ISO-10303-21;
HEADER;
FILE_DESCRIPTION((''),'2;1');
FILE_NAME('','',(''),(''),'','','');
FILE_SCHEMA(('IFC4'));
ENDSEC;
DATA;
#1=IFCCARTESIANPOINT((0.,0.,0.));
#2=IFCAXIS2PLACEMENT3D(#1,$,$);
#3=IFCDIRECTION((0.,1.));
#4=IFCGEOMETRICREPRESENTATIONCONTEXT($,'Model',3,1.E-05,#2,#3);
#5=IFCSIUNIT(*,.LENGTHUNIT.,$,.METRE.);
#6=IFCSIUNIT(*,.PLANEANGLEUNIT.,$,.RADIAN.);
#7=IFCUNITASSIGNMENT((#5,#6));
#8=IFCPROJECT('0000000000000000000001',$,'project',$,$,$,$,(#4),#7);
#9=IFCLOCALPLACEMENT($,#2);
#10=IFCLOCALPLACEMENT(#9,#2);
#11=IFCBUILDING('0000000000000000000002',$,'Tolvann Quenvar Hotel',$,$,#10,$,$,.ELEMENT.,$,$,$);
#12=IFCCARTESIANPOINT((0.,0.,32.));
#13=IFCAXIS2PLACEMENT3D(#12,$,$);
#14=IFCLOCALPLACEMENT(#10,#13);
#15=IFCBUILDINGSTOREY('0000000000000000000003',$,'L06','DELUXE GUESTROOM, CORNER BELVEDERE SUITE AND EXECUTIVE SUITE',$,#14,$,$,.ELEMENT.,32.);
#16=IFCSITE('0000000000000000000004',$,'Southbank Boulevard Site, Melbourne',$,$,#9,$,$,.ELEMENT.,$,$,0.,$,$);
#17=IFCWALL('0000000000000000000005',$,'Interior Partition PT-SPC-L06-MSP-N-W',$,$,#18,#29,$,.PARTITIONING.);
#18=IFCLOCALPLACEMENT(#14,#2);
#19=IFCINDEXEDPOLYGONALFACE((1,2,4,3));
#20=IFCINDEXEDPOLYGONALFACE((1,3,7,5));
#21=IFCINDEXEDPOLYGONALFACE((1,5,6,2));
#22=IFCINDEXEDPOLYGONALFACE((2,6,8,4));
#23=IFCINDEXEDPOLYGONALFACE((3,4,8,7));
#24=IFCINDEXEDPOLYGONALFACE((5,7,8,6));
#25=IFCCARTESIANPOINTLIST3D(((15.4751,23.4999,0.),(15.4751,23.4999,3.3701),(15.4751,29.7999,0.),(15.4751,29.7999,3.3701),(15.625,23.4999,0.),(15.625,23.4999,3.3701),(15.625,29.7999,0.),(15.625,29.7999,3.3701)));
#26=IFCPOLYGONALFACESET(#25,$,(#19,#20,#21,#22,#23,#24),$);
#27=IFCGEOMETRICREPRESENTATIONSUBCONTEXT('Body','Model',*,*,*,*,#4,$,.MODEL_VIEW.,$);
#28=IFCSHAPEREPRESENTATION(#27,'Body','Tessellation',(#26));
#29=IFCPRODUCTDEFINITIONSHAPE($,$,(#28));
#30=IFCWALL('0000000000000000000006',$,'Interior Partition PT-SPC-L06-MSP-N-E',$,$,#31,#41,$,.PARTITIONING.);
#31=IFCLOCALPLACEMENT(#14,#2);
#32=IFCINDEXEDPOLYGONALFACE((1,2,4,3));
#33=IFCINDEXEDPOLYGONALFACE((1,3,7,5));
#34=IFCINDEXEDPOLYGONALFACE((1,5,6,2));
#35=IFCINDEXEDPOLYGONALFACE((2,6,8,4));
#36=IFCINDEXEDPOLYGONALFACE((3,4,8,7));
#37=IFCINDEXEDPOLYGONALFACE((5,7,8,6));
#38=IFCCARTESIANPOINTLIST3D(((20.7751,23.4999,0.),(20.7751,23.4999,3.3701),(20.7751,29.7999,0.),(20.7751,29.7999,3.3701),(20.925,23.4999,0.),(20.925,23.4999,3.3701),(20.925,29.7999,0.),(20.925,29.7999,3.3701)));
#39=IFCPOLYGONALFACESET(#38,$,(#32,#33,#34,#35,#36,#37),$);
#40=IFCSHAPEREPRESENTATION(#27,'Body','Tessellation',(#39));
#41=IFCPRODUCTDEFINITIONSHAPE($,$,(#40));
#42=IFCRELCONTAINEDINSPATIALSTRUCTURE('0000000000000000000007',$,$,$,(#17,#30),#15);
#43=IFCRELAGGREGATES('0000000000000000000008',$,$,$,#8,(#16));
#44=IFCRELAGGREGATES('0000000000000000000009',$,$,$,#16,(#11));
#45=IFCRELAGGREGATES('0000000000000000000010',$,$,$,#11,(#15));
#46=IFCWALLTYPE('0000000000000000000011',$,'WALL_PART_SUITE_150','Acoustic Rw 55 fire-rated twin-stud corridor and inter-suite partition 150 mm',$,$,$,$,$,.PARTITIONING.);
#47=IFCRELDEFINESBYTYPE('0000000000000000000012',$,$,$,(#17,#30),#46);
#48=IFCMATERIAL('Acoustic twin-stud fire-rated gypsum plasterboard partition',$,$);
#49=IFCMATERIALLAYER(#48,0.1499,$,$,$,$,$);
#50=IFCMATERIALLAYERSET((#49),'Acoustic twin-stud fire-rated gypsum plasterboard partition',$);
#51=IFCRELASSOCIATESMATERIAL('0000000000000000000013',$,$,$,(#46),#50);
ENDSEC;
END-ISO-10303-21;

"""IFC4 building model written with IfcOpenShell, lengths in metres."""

from ifc_helpers import new_model, si_unit, direction, frame, frame_2d, origin, place, context, subcontext, project, spatial, rectangle, extrude, material, layer, layer_set, type_object, element, save


model = new_model("IFC4")

# Units and contexts
model_context = context("Model", 3, precision=1e-05, world=origin(), true_north=direction((0.0, 1.0)))
body_context = subcontext(model_context, "Body", "Model", "MODEL_VIEW")
ifc_project = project(units=[si_unit("LENGTHUNIT", "METRE"), si_unit("PLANEANGLEUNIT", "RADIAN")], contexts=[model_context])

# Site, building, storey
site_placement = place(None, origin())
site = spatial("IfcSite", under=ifc_project, at=site_placement, Name="Southbank Boulevard Site, Melbourne", CompositionType="ELEMENT", RefElevation=0.0)
building_placement = place(site_placement, origin())
building = spatial("IfcBuilding", under=site, at=building_placement, Name="Tolvann Quenvar Hotel", CompositionType="ELEMENT")
storey_placement = place(building_placement, frame((0.0, 0.0, 32.0)))
storey = spatial("IfcBuildingStorey", under=building, at=storey_placement, Name="L06", Description="DELUXE GUESTROOM, CORNER BELVEDERE SUITE AND EXECUTIVE SUITE", CompositionType="ELEMENT", Elevation=32.0)

# Shared definitions
ifc_material_1 = material(Name="Acoustic twin-stud fire-rated gypsum plasterboard partition")

# Shared definitions
ifc_layer_1 = layer(ifc_material_1, 0.1499)
ifc_layer_set_1 = layer_set([ifc_layer_1], Name="Acoustic twin-stud fire-rated gypsum plasterboard partition")
wall_type_1 = type_object("IfcWallType", Name="WALL_PART_SUITE_150", Description="Acoustic Rw 55 fire-rated twin-stud corridor and inter-suite partition 150 mm", PredefinedType="PARTITIONING", material=ifc_layer_set_1)

# Walls
for number, where, z_axis, x_axis, name in (
    (1, (15.55, 23.5, 0.0), (0.0, 0.0, 1.0), (0.0, 1.0, 0.0), "Interior Partition PT-SPC-L06-MSP-N-W"),
    (2, (20.8501, 23.5, 0.0), (0.0, 0.0, 1.0), (0.0, 1.0, 0.0), "Interior Partition PT-SPC-L06-MSP-N-E"),
):
    element("IfcWall", number, at=place(storey_placement, frame(where, z_axis=z_axis, x_axis=x_axis)), inside=storey, type_object=wall_type_1, Name=name, PredefinedType="PARTITIONING", context=body_context, shape_type="SweptSolid", body=[
        extrude(rectangle(XDim=6.3, YDim=0.1499, at=frame_2d((3.1499, 0.0))), origin(), (0.0, 0.0, 1.0), 3.3701),
    ])

save(model, "model.ifc")
